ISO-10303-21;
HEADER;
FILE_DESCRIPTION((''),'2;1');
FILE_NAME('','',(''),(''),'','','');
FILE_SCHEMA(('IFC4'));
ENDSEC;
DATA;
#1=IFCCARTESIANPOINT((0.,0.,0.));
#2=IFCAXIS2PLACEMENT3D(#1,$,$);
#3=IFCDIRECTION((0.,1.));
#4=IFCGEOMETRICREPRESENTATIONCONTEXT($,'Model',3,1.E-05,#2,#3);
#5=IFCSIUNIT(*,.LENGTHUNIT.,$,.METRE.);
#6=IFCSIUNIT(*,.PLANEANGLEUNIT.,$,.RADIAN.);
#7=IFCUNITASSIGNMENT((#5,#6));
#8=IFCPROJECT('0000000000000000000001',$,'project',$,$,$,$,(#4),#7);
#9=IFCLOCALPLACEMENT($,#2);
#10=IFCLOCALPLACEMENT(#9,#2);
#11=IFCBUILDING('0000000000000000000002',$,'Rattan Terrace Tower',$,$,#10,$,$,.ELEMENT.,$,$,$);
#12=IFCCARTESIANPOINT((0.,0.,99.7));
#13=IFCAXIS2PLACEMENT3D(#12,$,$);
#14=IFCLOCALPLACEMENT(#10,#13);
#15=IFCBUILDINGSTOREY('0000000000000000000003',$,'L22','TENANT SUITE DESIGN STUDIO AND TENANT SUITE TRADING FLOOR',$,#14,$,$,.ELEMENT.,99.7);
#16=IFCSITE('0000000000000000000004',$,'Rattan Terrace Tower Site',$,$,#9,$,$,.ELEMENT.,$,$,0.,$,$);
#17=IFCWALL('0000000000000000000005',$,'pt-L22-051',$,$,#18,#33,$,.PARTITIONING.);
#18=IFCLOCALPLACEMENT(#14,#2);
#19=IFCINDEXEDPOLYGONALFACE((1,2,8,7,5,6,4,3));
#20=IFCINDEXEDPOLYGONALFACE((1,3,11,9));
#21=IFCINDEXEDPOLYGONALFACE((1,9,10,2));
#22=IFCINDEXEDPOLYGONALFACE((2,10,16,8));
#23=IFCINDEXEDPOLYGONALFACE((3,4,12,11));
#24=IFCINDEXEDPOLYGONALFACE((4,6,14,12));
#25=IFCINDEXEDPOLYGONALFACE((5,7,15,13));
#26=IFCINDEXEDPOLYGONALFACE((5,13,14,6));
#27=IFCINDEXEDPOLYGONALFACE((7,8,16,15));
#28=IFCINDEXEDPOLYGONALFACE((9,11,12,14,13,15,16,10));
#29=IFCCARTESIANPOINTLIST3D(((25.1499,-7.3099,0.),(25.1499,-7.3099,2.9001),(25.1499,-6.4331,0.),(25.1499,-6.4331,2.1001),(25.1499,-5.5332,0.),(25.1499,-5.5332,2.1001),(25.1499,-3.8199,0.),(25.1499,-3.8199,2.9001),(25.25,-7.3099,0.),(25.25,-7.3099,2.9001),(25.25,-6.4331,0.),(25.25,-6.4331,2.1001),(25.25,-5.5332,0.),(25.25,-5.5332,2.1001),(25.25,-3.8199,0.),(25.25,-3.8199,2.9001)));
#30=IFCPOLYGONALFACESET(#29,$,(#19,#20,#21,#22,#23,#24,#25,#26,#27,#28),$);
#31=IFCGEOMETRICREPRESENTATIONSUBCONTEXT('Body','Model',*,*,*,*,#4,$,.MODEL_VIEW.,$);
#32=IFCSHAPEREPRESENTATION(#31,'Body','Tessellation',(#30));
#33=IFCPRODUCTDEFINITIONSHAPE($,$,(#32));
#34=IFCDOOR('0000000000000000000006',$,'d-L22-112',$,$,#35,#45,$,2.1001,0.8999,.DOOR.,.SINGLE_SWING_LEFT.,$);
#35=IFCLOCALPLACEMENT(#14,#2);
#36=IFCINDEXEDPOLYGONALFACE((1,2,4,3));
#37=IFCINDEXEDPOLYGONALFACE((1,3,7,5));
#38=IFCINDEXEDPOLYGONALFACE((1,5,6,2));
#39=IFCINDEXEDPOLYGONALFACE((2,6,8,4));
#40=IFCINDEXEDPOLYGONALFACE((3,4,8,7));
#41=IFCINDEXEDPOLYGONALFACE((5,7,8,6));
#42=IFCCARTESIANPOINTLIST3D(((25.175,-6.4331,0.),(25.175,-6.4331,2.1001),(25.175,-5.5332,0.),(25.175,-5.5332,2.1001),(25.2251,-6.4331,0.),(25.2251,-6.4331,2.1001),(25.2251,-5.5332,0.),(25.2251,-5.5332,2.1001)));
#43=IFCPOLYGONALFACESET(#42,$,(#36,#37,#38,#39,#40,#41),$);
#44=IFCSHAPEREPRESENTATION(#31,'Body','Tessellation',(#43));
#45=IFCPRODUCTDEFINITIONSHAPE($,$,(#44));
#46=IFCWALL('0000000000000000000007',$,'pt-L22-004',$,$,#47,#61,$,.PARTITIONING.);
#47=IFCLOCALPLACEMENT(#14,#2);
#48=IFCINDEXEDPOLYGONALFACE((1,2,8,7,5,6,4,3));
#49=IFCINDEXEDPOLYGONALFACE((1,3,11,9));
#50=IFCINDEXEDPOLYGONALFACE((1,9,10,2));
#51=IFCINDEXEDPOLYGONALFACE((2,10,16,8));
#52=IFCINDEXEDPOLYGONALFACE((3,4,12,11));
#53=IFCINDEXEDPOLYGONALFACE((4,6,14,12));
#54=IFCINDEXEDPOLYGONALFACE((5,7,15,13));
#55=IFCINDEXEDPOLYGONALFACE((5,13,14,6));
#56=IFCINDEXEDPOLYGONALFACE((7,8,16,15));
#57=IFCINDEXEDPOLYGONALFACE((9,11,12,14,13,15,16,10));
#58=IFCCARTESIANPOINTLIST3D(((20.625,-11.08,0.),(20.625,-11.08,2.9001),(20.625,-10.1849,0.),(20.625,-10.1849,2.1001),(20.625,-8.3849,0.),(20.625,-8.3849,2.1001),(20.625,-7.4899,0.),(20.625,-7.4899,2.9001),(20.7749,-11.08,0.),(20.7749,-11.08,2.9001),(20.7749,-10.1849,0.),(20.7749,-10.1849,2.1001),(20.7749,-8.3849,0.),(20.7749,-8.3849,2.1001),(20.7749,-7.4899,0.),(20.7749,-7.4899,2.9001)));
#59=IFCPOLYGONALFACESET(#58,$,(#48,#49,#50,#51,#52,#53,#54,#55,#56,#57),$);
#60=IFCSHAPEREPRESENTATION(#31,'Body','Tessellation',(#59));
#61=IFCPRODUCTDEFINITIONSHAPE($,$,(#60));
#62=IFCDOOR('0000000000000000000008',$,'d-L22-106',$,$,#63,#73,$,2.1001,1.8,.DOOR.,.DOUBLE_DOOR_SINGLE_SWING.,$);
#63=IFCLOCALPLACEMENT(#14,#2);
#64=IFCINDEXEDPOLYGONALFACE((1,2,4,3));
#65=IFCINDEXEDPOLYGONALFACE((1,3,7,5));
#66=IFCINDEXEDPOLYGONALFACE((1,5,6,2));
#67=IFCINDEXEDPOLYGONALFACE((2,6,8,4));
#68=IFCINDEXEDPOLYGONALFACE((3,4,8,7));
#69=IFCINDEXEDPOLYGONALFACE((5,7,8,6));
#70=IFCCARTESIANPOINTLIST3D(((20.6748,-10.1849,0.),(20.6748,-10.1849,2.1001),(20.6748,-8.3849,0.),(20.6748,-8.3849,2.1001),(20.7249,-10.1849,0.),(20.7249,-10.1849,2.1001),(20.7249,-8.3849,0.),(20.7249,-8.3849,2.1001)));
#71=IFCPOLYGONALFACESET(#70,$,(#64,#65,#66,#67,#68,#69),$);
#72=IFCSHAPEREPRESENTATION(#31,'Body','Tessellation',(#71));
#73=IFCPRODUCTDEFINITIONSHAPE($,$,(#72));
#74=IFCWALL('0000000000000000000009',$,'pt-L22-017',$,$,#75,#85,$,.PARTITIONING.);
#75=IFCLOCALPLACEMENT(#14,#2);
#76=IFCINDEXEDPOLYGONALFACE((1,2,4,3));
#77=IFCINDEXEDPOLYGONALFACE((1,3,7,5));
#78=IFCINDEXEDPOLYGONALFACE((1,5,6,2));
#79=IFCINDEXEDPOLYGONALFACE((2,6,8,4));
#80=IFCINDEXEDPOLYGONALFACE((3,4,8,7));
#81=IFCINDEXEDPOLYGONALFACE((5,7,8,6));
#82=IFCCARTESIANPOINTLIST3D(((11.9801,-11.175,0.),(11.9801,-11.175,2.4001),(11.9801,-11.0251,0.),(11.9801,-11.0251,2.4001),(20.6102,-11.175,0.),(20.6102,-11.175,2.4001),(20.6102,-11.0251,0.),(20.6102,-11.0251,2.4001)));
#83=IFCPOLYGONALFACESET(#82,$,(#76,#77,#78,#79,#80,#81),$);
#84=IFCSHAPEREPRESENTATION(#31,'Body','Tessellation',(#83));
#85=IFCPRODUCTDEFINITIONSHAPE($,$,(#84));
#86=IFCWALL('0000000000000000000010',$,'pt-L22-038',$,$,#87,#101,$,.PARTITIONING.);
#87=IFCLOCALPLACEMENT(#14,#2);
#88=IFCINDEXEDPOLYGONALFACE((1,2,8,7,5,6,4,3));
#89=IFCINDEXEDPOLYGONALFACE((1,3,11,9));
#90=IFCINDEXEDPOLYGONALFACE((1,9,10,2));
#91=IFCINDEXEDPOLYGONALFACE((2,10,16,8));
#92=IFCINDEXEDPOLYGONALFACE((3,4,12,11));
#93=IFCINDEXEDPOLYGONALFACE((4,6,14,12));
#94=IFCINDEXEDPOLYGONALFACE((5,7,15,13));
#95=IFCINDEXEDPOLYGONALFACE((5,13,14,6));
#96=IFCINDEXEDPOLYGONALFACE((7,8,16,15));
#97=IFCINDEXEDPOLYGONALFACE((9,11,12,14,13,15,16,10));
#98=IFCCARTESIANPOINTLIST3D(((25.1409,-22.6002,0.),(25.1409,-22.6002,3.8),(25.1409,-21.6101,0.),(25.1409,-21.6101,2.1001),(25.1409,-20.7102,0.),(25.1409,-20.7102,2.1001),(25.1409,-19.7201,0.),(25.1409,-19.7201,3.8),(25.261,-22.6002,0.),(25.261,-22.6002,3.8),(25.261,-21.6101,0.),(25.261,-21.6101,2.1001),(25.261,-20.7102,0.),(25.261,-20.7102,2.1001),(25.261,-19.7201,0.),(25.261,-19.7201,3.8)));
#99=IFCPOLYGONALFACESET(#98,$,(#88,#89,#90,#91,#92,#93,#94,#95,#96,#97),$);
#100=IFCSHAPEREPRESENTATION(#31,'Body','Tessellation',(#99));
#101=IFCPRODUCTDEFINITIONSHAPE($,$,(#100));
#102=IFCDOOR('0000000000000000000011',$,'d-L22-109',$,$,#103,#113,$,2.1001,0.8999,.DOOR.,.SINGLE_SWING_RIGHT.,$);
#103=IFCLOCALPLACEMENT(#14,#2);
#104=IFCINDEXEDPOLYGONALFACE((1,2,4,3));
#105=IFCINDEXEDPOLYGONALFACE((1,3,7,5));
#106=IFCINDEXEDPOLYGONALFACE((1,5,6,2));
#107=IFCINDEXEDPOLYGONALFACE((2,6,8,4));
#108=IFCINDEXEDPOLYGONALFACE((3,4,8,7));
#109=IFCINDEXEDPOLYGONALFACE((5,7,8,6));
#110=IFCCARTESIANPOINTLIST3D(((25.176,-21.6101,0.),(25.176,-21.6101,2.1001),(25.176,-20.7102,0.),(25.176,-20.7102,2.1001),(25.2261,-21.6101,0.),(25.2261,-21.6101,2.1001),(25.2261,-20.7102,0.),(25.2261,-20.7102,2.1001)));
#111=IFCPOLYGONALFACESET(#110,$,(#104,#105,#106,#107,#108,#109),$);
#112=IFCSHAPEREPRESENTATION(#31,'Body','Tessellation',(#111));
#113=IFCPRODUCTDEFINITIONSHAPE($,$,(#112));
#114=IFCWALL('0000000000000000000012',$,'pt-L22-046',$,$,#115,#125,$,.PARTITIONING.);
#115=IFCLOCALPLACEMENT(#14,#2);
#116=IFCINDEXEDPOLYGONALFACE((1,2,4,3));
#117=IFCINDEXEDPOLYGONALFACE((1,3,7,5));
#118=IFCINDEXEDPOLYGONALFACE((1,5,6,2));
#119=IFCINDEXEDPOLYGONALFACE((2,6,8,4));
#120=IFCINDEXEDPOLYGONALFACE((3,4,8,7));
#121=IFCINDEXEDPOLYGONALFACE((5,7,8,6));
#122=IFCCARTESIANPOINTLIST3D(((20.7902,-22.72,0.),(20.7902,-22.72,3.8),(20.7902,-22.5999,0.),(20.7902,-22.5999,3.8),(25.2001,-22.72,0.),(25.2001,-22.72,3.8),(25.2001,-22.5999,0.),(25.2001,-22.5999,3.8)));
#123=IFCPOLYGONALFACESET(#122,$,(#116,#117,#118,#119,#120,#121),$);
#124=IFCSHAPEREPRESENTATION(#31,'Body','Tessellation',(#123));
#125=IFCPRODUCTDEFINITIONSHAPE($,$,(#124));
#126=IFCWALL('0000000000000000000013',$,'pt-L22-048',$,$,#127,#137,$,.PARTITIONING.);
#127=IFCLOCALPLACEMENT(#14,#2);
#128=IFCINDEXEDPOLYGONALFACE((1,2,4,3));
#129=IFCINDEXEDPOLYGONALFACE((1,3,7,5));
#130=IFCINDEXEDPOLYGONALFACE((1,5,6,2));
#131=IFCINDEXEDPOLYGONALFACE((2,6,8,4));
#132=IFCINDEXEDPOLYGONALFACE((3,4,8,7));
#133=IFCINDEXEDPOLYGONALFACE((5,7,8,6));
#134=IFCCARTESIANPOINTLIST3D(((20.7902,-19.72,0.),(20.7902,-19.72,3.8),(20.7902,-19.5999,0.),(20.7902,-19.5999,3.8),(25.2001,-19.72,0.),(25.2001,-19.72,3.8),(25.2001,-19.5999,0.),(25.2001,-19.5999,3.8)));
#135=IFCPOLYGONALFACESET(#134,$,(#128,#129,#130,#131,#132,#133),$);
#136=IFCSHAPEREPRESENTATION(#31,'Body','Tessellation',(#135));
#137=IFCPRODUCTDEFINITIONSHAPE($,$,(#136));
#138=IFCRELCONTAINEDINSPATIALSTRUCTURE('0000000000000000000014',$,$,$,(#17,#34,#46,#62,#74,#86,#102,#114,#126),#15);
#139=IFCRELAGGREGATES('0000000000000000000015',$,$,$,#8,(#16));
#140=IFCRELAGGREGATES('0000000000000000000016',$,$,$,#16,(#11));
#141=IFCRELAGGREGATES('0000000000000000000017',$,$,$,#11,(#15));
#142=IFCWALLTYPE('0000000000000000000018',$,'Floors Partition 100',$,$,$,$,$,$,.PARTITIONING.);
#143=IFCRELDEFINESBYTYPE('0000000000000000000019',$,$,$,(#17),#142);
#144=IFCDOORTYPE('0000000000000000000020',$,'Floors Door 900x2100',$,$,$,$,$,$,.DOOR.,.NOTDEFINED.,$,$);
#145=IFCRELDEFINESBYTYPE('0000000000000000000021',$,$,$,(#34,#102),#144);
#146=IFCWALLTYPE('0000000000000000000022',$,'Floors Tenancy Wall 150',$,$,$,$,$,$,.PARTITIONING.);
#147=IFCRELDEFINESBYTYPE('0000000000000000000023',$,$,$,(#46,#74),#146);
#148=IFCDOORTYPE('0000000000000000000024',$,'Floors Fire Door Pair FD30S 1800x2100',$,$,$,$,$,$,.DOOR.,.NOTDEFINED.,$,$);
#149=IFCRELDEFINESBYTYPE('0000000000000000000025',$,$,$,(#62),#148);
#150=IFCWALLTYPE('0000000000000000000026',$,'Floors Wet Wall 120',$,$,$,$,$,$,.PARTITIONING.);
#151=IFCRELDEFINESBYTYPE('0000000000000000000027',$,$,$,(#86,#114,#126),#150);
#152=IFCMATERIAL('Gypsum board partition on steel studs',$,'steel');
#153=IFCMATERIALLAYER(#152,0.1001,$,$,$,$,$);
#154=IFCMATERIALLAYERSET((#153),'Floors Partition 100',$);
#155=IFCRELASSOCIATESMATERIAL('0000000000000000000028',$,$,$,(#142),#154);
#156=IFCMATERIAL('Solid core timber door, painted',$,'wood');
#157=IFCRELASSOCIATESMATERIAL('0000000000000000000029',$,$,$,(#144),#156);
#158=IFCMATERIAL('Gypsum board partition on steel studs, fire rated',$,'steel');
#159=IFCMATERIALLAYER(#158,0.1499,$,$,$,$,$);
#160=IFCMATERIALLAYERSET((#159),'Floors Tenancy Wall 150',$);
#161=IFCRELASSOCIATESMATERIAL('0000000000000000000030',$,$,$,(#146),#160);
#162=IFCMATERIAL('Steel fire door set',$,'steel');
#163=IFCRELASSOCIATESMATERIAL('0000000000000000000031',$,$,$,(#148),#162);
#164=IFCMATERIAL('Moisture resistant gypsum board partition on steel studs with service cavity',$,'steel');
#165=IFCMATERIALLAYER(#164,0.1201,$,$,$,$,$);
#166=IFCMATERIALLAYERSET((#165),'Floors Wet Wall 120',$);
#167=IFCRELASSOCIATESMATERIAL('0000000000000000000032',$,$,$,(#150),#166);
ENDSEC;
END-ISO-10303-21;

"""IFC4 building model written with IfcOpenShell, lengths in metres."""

from ifc_helpers import new_model, si_unit, direction, frame, frame_2d, origin, place, context, subcontext, project, spatial, rectangle, extrude, material, layer, layer_set, type_object, element, fill, save


model = new_model("IFC4")

# Units and contexts
model_context = context("Model", 3, precision=1e-05, world=origin(), true_north=direction((0.0, 1.0)))
body_context = subcontext(model_context, "Body", "Model", "MODEL_VIEW")
ifc_project = project(units=[si_unit("LENGTHUNIT", "METRE"), si_unit("PLANEANGLEUNIT", "RADIAN")], contexts=[model_context])

# Site, building, storey
site_placement = place(None, origin())
site = spatial("IfcSite", under=ifc_project, at=site_placement, Name="Rattan Terrace Tower Site", CompositionType="ELEMENT", RefElevation=0.0)
building_placement = place(site_placement, origin())
building = spatial("IfcBuilding", under=site, at=building_placement, Name="Rattan Terrace Tower", CompositionType="ELEMENT")
storey_placement = place(building_placement, frame((0.0, 0.0, 99.7)))
storey = spatial("IfcBuildingStorey", under=building, at=storey_placement, Name="L22", Description="TENANT SUITE DESIGN STUDIO AND TENANT SUITE TRADING FLOOR", CompositionType="ELEMENT", Elevation=99.7)

# Shared definitions
ifc_material_1 = material(Name="Gypsum board partition on steel studs", Category="steel")
ifc_layer_1 = layer(ifc_material_1, 0.1001)
ifc_layer_set_1 = layer_set([ifc_layer_1], Name="Floors Partition 100")
wall_type_1 = type_object("IfcWallType", Name="Floors Partition 100", PredefinedType="PARTITIONING", material=ifc_layer_set_1)

# Walls, openings, doors
wall_1_placement = place(storey_placement, frame((25.2, -7.3101, 0.0), z_axis=(0.0, 0.0, 1.0), x_axis=(0.0, 1.0, 0.0)))
wall_1 = element("IfcWall", 1, at=wall_1_placement, inside=storey, type_object=wall_type_1, Name="pt-L22-051", PredefinedType="PARTITIONING", context=body_context, shape_type="SweptSolid", body=[
    extrude(rectangle(XDim=3.49, YDim=0.1001, at=frame_2d((1.7451, 0.0))), origin(), (0.0, 0.0, 1.0), 2.9001),
])
opening_1_placement = place(wall_1_placement, frame((0.877, 0.0, 0.0)))
opening_1 = element("IfcOpeningElement", 2, at=opening_1_placement, cuts=wall_1, PredefinedType="OPENING", context=body_context, shape_type="SweptSolid", body=[
    extrude(rectangle(XDim=0.8999, YDim=2.1001, at=frame_2d((0.45, 1.05))), frame((0.0, 0.0605, 0.0), z_axis=(0.0, -1.0, 0.0), x_axis=(1.0, 0.0, 0.0)), (0.0, 0.0, 1.0), 0.1211),
])
ifc_material_2 = material(Name="Solid core timber door, painted", Category="wood")
door_type_1 = type_object("IfcDoorType", Name="Floors Door 900x2100", OperationType="NOTDEFINED", PredefinedType="DOOR", material=ifc_material_2)
door_1_placement = place(opening_1_placement, origin())
door_1 = element("IfcDoor", 3, at=door_1_placement, inside=storey, type_object=door_type_1, Name="d-L22-112", OperationType="SINGLE_SWING_LEFT", OverallHeight=2.1001, OverallWidth=0.8999, PredefinedType="DOOR", context=body_context, shape_type="SweptSolid", body=[
    extrude(rectangle(XDim=0.8999, YDim=2.1001, at=frame_2d((0.45, 1.05))), frame((0.0, 0.0249, 0.0), z_axis=(0.0, -1.0, 0.0), x_axis=(1.0, 0.0, 0.0)), (0.0, 0.0, 1.0), 0.05),
])
fill(opening_1, door_1)
ifc_material_3 = material(Name="Gypsum board partition on steel studs, fire rated", Category="steel")
ifc_layer_2 = layer(ifc_material_3, 0.1499)
ifc_layer_set_2 = layer_set([ifc_layer_2], Name="Floors Tenancy Wall 150")
wall_type_2 = type_object("IfcWallType", Name="Floors Tenancy Wall 150", PredefinedType="PARTITIONING", material=ifc_layer_set_2)
wall_2_placement = place(storey_placement, frame((20.7, -7.49, 0.0), z_axis=(0.0, 0.0, 1.0), x_axis=(0.0, -1.0, 0.0)))
wall_2 = element("IfcWall", 4, at=wall_2_placement, inside=storey, type_object=wall_type_2, Name="pt-L22-004", PredefinedType="PARTITIONING", context=body_context, shape_type="SweptSolid", body=[
    extrude(rectangle(XDim=3.5901, YDim=0.1499, at=frame_2d((1.7949, 0.0))), origin(), (0.0, 0.0, 1.0), 2.9001),
])
opening_2_placement = place(wall_2_placement, frame((0.895, 0.0, 0.0)))
opening_2 = element("IfcOpeningElement", 5, at=opening_2_placement, cuts=wall_2, PredefinedType="OPENING", context=body_context, shape_type="SweptSolid", body=[
    extrude(rectangle(XDim=1.8, YDim=2.1001, at=frame_2d((0.8999, 1.05))), frame((0.0, 0.0854, 0.0), z_axis=(0.0, -1.0, 0.0), x_axis=(1.0, 0.0, 0.0)), (0.0, 0.0, 1.0), 0.1709),
])
ifc_material_4 = material(Name="Steel fire door set", Category="steel")
door_type_2 = type_object("IfcDoorType", Name="Floors Fire Door Pair FD30S 1800x2100", OperationType="NOTDEFINED", PredefinedType="DOOR", material=ifc_material_4)
door_2_placement = place(opening_2_placement, origin())
door_2 = element("IfcDoor", 6, at=door_2_placement, inside=storey, type_object=door_type_2, Name="d-L22-106", OperationType="DOUBLE_DOOR_SINGLE_SWING", OverallHeight=2.1001, OverallWidth=1.8, PredefinedType="DOOR", context=body_context, shape_type="SweptSolid", body=[
    extrude(rectangle(XDim=1.8, YDim=2.1001, at=frame_2d((0.8999, 1.05))), frame((0.0, 0.0249, 0.0), z_axis=(0.0, -1.0, 0.0), x_axis=(1.0, 0.0, 0.0)), (0.0, 0.0, 1.0), 0.05),
])
fill(opening_2, door_2)

# Wall
wall_3_placement = place(storey_placement, frame((20.6101, -11.1001, 0.0), z_axis=(0.0, 0.0, 1.0), x_axis=(-1.0, 0.0, 0.0)))
element("IfcWall", 7, at=wall_3_placement, inside=storey, type_object=wall_type_2, Name="pt-L22-017", PredefinedType="PARTITIONING", context=body_context, shape_type="SweptSolid", body=[
    extrude(rectangle(XDim=8.6301, YDim=0.1499, at=frame_2d((4.3149, 0.0))), origin(), (0.0, 0.0, 1.0), 2.4001),
])

# Wall, opening, door
ifc_material_5 = material(Name="Moisture resistant gypsum board partition on steel studs with service cavity", Category="steel")
ifc_layer_3 = layer(ifc_material_5, 0.1201)
ifc_layer_set_3 = layer_set([ifc_layer_3], Name="Floors Wet Wall 120")
wall_type_3 = type_object("IfcWallType", Name="Floors Wet Wall 120", PredefinedType="PARTITIONING", material=ifc_layer_set_3)
wall_4_placement = place(storey_placement, frame((25.2009, -22.6001, 0.0), z_axis=(0.0, 0.0, 1.0), x_axis=(0.0, 1.0, 0.0)))
wall_4 = element("IfcWall", 8, at=wall_4_placement, inside=storey, type_object=wall_type_3, Name="pt-L22-038", PredefinedType="PARTITIONING", context=body_context, shape_type="SweptSolid", body=[
    extrude(rectangle(XDim=2.8801, YDim=0.1201, at=frame_2d((1.4399, 0.0))), origin(), (0.0, 0.0, 1.0), 3.8),
])
opening_3_placement = place(wall_4_placement, frame((0.99, 0.0, 0.0)))
opening_3 = element("IfcOpeningElement", 9, at=opening_3_placement, cuts=wall_4, PredefinedType="OPENING", context=body_context, shape_type="SweptSolid", body=[
    extrude(rectangle(XDim=0.8999, YDim=2.1001, at=frame_2d((0.45, 1.05))), frame((0.0, 0.0706, 0.0), z_axis=(0.0, -1.0, 0.0), x_axis=(1.0, 0.0, 0.0)), (0.0, 0.0, 1.0), 0.1411),
])
door_3_placement = place(opening_3_placement, origin())
door_3 = element("IfcDoor", 10, at=door_3_placement, inside=storey, type_object=door_type_1, Name="d-L22-109", OperationType="SINGLE_SWING_RIGHT", OverallHeight=2.1001, OverallWidth=0.8999, PredefinedType="DOOR", context=body_context, shape_type="SweptSolid", body=[
    extrude(rectangle(XDim=0.8999, YDim=2.1001, at=frame_2d((0.45, 1.05))), frame((0.0, 0.0249, 0.0), z_axis=(0.0, -1.0, 0.0), x_axis=(1.0, 0.0, 0.0)), (0.0, 0.0, 1.0), 0.05),
])
fill(opening_3, door_3)

# Walls
for number, where, z_axis, x_axis, name in (
    (11, (20.79, -22.6599, 0.0), (0.0, 0.0, 1.0), (1.0, 0.0, 0.0), "pt-L22-046"),
    (12, (20.79, -19.6599, 0.0), (0.0, 0.0, 1.0), (1.0, 0.0, 0.0), "pt-L22-048"),
):
    element("IfcWall", number, at=place(storey_placement, frame(where, z_axis=z_axis, x_axis=x_axis)), inside=storey, type_object=wall_type_3, Name=name, PredefinedType="PARTITIONING", context=body_context, shape_type="SweptSolid", body=[
        extrude(rectangle(XDim=4.4099, YDim=0.1201, at=frame_2d((2.2051, 0.0))), origin(), (0.0, 0.0, 1.0), 3.8),
    ])

save(model, "model.ifc")
